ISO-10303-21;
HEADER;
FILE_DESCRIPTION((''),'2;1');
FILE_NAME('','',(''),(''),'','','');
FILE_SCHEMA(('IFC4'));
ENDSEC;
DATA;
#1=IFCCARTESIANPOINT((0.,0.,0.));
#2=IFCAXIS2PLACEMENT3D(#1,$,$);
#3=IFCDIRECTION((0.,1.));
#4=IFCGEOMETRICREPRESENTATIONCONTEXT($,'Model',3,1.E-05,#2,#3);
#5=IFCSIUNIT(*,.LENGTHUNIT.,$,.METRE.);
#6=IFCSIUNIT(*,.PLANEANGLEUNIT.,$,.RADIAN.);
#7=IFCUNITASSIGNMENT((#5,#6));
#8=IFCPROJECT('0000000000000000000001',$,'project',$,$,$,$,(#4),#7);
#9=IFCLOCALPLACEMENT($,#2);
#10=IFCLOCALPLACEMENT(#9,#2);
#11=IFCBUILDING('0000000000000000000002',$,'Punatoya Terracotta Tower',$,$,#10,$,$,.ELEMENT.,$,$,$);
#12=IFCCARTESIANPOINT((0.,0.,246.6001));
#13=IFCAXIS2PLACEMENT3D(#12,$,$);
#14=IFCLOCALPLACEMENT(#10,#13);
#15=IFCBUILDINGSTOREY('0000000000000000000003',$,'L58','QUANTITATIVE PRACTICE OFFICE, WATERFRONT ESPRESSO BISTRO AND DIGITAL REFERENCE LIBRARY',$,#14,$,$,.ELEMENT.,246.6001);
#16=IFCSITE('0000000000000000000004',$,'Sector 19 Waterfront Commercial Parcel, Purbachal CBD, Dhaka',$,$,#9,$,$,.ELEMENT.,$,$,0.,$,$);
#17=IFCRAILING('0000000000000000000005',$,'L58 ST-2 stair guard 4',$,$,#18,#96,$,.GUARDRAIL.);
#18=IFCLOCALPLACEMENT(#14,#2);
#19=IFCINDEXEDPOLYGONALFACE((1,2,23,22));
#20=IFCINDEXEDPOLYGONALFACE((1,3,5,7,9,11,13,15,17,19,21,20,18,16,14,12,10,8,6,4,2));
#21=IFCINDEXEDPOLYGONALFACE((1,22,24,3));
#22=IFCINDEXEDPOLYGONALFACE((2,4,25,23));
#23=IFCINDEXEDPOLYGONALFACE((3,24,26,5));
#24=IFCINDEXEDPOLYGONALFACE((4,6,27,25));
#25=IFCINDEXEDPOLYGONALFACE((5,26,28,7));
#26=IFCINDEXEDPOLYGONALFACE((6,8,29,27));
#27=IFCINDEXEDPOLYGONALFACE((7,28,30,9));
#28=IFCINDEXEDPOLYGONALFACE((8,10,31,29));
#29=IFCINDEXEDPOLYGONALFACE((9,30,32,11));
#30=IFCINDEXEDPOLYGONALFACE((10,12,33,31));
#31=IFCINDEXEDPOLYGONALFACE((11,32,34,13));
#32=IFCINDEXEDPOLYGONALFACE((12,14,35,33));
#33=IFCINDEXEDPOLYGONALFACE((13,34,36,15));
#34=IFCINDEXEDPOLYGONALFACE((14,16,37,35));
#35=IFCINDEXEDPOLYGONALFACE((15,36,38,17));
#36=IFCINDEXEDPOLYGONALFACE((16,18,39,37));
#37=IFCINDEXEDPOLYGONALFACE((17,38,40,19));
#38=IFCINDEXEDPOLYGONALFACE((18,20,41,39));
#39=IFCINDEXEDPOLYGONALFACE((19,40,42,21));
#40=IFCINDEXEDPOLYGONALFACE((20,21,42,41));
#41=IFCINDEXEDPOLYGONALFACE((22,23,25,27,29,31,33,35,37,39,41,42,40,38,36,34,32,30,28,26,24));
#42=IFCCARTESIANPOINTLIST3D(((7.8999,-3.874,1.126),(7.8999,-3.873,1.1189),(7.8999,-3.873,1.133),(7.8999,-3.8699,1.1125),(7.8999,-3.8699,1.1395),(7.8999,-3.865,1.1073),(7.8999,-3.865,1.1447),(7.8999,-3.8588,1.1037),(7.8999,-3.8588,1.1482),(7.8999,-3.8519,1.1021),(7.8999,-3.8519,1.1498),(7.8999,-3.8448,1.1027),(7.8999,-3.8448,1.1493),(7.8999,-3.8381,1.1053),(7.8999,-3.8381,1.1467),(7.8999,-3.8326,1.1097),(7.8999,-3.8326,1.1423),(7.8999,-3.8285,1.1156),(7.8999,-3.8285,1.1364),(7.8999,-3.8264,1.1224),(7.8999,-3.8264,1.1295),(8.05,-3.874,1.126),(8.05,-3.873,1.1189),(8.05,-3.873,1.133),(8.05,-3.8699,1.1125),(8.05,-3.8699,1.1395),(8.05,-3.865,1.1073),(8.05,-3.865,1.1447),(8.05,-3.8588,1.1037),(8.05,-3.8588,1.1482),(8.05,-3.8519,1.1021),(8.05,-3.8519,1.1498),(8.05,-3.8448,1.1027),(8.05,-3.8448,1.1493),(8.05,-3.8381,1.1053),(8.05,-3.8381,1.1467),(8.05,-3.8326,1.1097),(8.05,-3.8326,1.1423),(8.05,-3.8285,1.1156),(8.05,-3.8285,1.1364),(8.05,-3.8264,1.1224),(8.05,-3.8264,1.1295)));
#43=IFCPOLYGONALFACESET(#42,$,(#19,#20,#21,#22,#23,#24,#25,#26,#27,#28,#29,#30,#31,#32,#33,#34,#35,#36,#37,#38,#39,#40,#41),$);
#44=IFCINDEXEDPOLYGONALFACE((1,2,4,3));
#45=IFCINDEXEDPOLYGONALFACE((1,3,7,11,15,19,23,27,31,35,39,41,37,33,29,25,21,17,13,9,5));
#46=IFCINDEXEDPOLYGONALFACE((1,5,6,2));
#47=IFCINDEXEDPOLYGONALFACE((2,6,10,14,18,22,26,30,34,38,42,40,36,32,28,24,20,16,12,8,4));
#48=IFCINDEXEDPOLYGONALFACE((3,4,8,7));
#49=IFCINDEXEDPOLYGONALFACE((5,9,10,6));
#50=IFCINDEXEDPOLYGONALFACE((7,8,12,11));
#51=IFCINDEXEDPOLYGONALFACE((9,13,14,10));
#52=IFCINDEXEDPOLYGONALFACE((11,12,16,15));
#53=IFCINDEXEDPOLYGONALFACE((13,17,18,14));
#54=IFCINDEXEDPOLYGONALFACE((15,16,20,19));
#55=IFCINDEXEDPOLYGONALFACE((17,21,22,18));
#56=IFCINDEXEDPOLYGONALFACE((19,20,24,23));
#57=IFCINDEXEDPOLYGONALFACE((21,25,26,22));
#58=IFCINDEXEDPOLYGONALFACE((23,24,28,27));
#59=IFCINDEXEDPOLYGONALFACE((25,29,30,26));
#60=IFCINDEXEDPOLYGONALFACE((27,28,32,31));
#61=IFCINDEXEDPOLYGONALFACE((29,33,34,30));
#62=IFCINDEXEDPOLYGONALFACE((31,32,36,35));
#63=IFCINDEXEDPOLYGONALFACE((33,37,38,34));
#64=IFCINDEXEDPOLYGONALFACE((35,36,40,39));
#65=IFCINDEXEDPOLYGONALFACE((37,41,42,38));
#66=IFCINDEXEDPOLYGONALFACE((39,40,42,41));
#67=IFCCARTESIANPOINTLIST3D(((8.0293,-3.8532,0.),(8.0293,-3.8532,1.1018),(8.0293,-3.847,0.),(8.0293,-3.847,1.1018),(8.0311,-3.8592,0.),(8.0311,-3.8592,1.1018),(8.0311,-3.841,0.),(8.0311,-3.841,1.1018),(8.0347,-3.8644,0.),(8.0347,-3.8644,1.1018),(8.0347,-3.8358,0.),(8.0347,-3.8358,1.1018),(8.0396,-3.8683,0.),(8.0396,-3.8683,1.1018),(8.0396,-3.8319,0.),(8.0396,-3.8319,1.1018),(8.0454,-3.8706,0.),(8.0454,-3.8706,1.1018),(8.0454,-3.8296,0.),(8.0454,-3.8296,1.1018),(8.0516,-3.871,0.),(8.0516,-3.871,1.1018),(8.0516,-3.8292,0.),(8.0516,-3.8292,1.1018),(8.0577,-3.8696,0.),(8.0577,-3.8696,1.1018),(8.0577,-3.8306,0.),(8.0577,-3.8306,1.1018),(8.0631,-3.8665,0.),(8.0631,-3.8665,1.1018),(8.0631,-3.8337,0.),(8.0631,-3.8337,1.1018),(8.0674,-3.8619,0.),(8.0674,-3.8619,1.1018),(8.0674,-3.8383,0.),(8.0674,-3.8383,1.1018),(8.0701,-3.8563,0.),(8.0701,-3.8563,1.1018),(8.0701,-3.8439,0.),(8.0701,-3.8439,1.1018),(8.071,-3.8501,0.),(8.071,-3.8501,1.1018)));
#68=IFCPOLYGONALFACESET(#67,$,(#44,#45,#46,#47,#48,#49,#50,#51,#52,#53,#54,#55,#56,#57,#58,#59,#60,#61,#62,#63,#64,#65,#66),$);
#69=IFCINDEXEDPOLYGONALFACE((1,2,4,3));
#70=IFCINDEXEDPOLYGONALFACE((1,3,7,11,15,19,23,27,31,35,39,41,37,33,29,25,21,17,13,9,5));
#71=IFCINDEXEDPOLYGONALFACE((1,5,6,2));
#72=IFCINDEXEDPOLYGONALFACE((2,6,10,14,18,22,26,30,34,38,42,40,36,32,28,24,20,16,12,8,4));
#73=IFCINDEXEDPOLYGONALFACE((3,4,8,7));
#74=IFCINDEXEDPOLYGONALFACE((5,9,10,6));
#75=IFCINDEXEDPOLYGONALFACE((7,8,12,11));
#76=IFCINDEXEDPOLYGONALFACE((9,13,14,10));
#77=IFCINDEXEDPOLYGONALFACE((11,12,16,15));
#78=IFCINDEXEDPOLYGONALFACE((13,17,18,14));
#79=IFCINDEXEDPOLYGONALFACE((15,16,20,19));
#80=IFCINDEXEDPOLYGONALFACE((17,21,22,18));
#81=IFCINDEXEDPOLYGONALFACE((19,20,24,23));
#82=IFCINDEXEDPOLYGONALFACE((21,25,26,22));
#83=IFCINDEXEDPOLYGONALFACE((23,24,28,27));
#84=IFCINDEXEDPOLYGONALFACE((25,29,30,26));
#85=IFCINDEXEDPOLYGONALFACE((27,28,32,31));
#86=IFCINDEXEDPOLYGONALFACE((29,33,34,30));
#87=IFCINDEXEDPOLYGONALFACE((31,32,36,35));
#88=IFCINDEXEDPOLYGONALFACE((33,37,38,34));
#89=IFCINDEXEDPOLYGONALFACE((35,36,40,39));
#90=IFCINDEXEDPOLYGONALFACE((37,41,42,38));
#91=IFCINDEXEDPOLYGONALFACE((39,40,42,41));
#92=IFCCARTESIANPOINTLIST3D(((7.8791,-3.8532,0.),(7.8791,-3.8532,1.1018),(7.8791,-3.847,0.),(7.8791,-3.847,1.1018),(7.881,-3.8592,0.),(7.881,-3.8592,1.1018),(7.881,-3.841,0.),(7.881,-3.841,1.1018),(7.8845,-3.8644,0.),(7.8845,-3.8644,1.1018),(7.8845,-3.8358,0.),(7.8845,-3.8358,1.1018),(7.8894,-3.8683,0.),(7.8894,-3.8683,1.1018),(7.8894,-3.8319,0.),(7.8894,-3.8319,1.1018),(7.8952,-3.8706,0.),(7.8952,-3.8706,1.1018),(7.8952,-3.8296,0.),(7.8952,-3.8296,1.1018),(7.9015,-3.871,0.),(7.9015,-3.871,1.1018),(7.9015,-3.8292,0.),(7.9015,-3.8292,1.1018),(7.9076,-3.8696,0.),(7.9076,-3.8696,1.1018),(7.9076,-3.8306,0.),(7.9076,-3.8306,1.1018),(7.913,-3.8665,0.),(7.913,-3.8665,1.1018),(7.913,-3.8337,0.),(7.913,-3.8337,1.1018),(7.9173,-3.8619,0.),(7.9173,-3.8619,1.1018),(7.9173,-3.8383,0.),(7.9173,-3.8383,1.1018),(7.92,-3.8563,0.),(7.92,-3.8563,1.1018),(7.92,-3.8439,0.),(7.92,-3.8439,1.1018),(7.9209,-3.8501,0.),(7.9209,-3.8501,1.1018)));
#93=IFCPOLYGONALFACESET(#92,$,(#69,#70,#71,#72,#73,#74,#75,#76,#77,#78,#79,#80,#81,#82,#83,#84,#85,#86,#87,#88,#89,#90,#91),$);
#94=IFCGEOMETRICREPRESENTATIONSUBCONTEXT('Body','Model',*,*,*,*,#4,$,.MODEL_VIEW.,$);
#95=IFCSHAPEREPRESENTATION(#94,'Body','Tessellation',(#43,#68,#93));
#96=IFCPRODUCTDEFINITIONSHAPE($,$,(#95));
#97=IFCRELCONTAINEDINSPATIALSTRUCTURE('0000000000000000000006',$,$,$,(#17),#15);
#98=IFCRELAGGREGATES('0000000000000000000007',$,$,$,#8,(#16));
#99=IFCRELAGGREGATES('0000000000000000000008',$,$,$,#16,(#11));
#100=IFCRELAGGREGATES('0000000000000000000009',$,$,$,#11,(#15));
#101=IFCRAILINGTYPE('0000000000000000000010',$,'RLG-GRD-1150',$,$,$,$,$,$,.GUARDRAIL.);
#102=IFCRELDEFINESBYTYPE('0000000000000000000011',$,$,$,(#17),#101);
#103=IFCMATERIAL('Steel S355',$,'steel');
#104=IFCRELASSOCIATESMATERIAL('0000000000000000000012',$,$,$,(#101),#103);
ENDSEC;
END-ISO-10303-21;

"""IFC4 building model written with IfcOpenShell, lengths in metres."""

from ifc_helpers import new_model, si_unit, direction, frame, origin, origin_2d, place, context, subcontext, project, spatial, circle, extrude, material, type_object, element, save


model = new_model("IFC4")

# Units and contexts
model_context = context("Model", 3, precision=1e-05, world=origin(), true_north=direction((0.0, 1.0)))
body_context = subcontext(model_context, "Body", "Model", "MODEL_VIEW")
ifc_project = project(units=[si_unit("LENGTHUNIT", "METRE"), si_unit("PLANEANGLEUNIT", "RADIAN")], contexts=[model_context])

# Site, building, storey
site_placement = place(None, origin())
site = spatial("IfcSite", under=ifc_project, at=site_placement, Name="Sector 19 Waterfront Commercial Parcel, Purbachal CBD, Dhaka", CompositionType="ELEMENT", RefElevation=0.0)
building_placement = place(site_placement, origin())
building = spatial("IfcBuilding", under=site, at=building_placement, Name="Punatoya Terracotta Tower", CompositionType="ELEMENT")
storey_placement = place(building_placement, frame((0.0, 0.0, 246.6001)))
storey = spatial("IfcBuildingStorey", under=building, at=storey_placement, Name="L58", Description="QUANTITATIVE PRACTICE OFFICE, WATERFRONT ESPRESSO BISTRO AND DIGITAL REFERENCE LIBRARY", CompositionType="ELEMENT", Elevation=246.6001)

# Shared definitions
ifc_material_1 = material(Name="Steel S355", Category="steel")

# Railing
railing_type_1 = type_object("IfcRailingType", Name="RLG-GRD-1150", PredefinedType="GUARDRAIL", material=ifc_material_1)
railing_1_placement = place(storey_placement, frame((8.05, -3.8501, 0.0)))
element("IfcRailing", 1, at=railing_1_placement, inside=storey, type_object=railing_type_1, Name="L58 ST-2 stair guard 4", PredefinedType="GUARDRAIL", context=body_context, shape_type="SweptSolid", body=[
    extrude(circle(Radius=0.0239, at=origin_2d()), frame((0.0, 0.0, 1.126), z_axis=(-1.0, 0.0, 0.0), x_axis=(0.0, -1.0, 0.0)), (0.0, 0.0, 1.0), 0.1501),
    extrude(circle(Radius=0.021, at=origin_2d()), origin(), (0.0, 0.0, 1.0), 1.1018),
    extrude(circle(Radius=0.021, at=origin_2d()), frame((-0.1501, 0.0, 0.0)), (0.0, 0.0, 1.0), 1.1018),
])

save(model, "model.ifc")
